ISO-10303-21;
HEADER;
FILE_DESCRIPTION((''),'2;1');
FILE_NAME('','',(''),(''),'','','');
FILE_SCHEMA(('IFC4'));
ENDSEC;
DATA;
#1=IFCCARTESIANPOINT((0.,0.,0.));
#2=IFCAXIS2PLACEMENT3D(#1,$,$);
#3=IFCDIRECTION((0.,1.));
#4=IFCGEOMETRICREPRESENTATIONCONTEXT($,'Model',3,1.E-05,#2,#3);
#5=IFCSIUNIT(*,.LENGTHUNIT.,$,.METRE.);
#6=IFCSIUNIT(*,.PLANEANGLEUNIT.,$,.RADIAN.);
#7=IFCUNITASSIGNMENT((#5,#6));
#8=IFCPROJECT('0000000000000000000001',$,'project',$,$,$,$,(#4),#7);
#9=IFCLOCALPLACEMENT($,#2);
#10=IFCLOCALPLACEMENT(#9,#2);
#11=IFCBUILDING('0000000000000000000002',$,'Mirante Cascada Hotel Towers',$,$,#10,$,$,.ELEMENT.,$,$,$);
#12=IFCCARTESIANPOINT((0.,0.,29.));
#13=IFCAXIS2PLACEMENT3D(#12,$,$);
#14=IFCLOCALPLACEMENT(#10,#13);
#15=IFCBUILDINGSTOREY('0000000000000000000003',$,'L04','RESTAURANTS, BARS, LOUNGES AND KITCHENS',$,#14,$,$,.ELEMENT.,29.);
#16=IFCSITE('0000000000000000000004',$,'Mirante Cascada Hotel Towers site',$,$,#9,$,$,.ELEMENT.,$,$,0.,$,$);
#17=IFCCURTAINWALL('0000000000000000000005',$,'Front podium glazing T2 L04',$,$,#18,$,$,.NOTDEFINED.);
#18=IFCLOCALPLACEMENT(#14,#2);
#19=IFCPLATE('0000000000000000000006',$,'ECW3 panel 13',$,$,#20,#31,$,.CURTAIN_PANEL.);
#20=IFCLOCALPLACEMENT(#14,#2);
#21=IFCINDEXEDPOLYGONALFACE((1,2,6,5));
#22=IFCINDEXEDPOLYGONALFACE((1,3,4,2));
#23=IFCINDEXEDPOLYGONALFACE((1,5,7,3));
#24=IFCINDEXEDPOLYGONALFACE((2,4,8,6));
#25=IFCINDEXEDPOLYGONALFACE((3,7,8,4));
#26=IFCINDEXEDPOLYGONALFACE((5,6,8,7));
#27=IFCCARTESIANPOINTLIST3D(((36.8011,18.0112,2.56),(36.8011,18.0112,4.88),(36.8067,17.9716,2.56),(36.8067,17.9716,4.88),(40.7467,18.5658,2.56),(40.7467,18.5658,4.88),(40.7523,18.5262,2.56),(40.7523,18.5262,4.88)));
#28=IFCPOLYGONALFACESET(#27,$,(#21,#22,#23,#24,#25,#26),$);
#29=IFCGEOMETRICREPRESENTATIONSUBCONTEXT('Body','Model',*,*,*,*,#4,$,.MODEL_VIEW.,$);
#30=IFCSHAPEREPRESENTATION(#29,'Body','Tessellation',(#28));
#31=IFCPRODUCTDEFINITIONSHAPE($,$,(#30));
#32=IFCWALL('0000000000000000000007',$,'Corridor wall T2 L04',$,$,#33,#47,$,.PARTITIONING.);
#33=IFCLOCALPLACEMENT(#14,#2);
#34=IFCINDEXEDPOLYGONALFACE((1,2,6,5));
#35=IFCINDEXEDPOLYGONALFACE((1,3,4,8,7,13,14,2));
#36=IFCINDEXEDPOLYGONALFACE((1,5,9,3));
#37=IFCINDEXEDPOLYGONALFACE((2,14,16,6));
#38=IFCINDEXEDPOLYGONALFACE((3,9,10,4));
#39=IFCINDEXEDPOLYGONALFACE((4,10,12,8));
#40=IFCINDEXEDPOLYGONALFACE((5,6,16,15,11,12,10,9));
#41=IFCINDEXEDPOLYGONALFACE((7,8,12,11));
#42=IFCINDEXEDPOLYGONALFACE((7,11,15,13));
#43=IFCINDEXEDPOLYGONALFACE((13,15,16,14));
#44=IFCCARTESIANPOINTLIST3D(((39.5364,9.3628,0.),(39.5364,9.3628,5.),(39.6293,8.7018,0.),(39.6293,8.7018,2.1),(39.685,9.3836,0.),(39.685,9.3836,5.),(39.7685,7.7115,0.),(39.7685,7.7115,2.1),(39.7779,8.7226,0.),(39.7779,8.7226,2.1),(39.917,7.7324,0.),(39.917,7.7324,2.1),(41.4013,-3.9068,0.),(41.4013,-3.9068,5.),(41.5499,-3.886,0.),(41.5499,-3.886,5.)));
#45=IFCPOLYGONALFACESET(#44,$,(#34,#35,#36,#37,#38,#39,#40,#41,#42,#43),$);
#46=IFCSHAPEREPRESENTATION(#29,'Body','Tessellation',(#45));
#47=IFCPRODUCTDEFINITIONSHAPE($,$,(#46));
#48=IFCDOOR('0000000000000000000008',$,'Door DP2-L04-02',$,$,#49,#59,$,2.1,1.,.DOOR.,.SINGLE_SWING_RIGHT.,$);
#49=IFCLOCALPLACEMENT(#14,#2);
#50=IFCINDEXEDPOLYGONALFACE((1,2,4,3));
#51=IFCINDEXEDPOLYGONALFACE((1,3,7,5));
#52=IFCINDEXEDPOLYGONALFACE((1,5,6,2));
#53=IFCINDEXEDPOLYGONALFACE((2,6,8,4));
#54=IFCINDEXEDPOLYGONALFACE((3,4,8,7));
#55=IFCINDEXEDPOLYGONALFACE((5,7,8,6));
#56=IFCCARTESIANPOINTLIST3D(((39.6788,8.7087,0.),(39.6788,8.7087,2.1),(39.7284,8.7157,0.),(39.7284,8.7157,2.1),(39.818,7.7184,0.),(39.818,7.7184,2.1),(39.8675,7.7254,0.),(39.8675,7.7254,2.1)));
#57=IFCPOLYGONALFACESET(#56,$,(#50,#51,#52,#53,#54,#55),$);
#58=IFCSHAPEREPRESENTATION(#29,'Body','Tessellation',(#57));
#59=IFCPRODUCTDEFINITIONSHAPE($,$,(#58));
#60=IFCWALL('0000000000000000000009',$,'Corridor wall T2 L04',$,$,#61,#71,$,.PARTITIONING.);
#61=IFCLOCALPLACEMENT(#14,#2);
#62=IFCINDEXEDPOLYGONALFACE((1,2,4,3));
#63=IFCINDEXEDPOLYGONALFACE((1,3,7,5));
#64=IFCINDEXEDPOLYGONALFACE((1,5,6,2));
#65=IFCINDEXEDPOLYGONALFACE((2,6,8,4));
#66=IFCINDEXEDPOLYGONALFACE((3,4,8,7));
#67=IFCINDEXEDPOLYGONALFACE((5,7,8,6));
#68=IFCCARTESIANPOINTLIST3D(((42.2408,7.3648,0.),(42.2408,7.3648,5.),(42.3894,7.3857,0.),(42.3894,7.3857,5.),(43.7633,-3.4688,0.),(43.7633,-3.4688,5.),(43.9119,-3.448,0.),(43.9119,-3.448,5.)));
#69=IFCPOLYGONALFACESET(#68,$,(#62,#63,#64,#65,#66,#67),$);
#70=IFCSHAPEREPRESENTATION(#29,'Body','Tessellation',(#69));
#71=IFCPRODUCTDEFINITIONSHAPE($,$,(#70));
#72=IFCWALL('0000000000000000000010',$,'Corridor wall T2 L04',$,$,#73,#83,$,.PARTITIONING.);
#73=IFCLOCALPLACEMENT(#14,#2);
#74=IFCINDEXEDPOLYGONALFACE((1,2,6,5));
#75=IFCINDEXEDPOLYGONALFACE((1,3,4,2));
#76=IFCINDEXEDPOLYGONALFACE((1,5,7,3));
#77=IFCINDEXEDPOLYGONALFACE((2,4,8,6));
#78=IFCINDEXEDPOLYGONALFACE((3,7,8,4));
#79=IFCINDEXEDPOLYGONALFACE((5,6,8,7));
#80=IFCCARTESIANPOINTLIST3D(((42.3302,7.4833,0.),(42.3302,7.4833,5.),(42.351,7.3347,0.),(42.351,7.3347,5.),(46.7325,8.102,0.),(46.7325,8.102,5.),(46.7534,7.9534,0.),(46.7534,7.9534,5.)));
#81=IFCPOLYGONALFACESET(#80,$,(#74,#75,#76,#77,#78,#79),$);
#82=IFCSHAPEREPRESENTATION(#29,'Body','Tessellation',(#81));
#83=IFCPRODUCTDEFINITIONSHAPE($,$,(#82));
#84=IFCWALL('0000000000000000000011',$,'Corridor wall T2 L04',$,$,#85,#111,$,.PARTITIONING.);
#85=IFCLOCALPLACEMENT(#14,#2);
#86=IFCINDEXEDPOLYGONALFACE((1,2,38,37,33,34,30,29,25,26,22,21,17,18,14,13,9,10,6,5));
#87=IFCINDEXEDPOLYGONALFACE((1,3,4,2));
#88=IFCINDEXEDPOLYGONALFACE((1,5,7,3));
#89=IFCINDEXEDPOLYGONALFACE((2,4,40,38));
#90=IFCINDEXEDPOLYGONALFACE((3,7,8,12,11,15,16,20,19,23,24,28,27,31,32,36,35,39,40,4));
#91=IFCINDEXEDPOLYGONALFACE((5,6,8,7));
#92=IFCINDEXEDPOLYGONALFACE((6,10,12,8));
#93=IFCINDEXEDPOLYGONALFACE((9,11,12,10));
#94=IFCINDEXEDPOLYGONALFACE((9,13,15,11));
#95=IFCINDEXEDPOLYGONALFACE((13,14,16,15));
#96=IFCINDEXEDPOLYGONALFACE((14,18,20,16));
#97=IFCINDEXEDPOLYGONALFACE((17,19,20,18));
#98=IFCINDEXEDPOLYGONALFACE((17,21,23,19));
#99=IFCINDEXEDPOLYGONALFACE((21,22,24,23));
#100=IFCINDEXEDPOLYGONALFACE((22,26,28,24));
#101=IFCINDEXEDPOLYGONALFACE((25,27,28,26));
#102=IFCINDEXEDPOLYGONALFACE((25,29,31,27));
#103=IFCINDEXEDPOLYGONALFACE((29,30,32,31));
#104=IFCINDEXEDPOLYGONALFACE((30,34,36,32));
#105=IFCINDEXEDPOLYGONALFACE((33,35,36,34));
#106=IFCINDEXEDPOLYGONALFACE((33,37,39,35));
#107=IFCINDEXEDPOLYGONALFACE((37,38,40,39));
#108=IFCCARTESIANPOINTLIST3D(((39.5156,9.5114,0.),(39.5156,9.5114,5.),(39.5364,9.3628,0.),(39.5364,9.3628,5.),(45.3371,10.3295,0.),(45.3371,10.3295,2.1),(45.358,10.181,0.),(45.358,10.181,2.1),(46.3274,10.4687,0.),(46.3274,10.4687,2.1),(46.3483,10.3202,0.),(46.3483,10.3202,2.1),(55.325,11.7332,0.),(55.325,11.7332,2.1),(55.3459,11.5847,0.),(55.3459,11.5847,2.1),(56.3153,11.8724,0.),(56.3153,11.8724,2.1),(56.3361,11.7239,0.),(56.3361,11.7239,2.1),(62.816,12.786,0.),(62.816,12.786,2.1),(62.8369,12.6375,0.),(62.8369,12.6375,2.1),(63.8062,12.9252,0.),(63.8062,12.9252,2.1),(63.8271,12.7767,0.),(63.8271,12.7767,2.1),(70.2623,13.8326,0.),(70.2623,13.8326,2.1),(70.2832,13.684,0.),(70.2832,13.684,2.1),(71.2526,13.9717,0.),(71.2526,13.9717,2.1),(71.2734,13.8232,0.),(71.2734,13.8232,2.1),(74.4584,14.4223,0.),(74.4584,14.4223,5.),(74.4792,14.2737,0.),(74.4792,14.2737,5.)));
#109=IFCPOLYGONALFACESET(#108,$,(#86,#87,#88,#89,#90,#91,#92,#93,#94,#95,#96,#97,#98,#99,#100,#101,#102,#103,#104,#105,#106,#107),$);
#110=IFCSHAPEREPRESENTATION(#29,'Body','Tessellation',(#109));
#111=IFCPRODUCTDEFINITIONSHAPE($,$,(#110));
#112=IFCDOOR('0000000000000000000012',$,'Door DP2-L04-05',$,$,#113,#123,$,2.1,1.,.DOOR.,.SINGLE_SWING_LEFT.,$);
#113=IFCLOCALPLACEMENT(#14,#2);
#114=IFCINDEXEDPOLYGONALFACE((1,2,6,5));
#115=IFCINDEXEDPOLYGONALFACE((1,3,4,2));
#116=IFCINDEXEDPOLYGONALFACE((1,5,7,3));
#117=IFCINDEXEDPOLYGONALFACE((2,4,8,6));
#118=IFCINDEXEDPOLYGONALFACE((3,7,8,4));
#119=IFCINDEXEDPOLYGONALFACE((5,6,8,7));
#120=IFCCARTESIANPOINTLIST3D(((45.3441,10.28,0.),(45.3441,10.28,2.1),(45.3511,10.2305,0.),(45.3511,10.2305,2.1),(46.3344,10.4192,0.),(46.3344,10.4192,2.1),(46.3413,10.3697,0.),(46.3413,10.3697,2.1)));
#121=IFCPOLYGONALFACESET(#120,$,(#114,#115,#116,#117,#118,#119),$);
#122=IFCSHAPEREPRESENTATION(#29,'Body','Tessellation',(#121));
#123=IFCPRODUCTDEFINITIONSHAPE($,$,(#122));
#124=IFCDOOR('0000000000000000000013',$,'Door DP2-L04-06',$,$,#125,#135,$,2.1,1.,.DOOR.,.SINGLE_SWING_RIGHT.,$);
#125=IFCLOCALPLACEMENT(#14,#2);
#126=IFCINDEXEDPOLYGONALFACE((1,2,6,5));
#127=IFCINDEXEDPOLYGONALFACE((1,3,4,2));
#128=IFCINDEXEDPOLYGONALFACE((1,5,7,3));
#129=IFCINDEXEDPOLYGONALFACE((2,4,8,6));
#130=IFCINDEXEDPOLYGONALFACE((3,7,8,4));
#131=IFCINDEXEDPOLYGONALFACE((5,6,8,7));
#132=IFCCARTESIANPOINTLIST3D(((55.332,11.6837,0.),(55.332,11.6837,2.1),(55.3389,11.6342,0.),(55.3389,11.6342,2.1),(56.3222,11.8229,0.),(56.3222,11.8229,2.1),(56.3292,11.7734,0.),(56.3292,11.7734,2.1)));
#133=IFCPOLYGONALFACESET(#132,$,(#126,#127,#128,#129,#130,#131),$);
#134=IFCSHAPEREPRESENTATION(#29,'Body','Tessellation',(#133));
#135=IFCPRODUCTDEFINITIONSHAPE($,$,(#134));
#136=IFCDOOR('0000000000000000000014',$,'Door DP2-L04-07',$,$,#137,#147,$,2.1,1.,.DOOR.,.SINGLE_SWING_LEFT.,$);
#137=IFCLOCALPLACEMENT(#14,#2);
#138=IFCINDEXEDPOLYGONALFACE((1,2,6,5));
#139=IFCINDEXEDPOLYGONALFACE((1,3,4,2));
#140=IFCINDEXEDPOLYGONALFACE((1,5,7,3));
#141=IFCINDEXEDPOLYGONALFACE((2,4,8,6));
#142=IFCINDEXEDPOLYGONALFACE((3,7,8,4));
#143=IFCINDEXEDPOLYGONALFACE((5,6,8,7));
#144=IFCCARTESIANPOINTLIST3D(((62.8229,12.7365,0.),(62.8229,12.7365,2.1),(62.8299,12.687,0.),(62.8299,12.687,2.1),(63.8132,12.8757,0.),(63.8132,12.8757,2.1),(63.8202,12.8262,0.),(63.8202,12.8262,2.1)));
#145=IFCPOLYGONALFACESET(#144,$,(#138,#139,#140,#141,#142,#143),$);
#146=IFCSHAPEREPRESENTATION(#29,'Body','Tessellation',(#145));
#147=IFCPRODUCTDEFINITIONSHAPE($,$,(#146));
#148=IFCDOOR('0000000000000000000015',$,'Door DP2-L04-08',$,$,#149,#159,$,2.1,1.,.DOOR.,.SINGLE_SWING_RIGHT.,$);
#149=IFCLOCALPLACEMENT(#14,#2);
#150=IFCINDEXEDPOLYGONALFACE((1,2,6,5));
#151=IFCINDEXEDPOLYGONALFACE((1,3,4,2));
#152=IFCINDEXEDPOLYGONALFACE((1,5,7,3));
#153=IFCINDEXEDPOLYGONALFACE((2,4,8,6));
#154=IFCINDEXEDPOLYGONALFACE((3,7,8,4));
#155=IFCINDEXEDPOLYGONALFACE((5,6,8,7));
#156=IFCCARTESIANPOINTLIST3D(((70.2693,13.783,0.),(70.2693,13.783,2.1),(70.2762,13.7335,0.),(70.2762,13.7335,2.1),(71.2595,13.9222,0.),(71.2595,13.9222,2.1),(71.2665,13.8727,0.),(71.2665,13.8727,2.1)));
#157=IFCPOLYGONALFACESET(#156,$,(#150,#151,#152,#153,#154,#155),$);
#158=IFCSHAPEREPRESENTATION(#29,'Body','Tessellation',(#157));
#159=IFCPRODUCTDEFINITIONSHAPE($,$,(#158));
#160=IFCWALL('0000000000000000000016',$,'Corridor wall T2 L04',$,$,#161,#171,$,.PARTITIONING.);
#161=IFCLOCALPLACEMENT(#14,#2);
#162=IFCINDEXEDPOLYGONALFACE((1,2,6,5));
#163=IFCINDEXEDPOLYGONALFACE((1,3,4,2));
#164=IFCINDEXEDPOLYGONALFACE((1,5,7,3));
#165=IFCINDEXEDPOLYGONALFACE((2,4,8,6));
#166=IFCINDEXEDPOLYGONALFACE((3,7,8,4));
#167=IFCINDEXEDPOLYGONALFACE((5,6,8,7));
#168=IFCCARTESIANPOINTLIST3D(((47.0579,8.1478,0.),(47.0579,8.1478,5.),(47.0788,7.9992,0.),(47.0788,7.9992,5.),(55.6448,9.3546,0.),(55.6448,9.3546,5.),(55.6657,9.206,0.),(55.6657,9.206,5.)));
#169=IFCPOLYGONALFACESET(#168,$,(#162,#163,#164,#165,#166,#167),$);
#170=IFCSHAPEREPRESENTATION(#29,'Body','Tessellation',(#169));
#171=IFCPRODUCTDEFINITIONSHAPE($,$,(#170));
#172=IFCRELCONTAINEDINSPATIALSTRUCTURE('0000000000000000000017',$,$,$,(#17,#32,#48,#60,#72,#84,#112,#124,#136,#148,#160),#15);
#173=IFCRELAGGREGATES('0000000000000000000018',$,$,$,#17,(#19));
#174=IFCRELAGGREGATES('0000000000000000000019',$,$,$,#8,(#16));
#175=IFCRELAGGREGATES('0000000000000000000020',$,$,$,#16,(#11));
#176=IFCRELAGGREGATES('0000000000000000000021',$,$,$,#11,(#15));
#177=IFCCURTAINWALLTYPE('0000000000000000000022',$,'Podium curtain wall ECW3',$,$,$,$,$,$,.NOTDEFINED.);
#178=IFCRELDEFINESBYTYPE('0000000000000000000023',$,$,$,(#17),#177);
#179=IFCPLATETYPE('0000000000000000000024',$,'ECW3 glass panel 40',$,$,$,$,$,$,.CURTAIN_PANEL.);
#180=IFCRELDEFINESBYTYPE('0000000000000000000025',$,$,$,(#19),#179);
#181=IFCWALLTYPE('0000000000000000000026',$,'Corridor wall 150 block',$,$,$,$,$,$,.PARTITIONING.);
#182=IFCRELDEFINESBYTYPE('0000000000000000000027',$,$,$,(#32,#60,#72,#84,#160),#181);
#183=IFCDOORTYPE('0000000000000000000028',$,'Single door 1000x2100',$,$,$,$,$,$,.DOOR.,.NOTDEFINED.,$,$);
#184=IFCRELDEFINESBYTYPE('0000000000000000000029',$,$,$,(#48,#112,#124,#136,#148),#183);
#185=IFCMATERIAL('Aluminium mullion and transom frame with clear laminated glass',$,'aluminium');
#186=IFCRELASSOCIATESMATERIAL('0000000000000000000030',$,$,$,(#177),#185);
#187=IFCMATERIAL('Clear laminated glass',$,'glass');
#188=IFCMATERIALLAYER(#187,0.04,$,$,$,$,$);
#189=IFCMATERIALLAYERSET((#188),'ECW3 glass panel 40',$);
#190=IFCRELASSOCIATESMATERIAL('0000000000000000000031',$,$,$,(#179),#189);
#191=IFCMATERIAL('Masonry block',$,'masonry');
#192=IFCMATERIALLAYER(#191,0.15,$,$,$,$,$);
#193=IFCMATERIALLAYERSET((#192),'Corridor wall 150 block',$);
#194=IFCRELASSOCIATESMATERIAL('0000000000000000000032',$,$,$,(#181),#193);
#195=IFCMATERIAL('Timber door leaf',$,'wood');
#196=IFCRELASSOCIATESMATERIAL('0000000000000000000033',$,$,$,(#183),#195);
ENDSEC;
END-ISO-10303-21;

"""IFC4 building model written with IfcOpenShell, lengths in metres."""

from ifc_helpers import new_model, si_unit, direction, frame, frame_2d, origin, origin_2d, place, context, subcontext, project, spatial, rectangle, extrude, material, layer, layer_set, type_object, element, fill, aggregate, save


model = new_model("IFC4")

# Units and contexts
model_context = context("Model", 3, precision=1e-05, world=origin(), true_north=direction((0.0, 1.0)))
body_context = subcontext(model_context, "Body", "Model", "MODEL_VIEW")
ifc_project = project(units=[si_unit("LENGTHUNIT", "METRE"), si_unit("PLANEANGLEUNIT", "RADIAN")], contexts=[model_context])

# Site, building, storey
site_placement = place(None, origin())
site = spatial("IfcSite", under=ifc_project, at=site_placement, Name="Mirante Cascada Hotel Towers site", CompositionType="ELEMENT", RefElevation=0.0)
building_placement = place(site_placement, origin())
building = spatial("IfcBuilding", under=site, at=building_placement, Name="Mirante Cascada Hotel Towers", CompositionType="ELEMENT")
storey_placement = place(building_placement, frame((0.0, 0.0, 29.0)))
storey = spatial("IfcBuildingStorey", under=building, at=storey_placement, Name="L04", Description="RESTAURANTS, BARS, LOUNGES AND KITCHENS", CompositionType="ELEMENT", Elevation=29.0)

# Curtain wall, plate
ifc_material_1 = material(Name="Aluminium mullion and transom frame with clear laminated glass", Category="aluminium")
curtain_wall_type = type_object("IfcCurtainWallType", Name="Podium curtain wall ECW3", PredefinedType="NOTDEFINED", material=ifc_material_1)
curtain_wall_placement = place(storey_placement, origin())
curtain_wall = element("IfcCurtainWall", 1, at=curtain_wall_placement, inside=storey, type_object=curtain_wall_type, Name="Front podium glazing T2 L04", PredefinedType="NOTDEFINED")
ifc_material_2 = material(Name="Clear laminated glass", Category="glass")
ifc_layer_1 = layer(ifc_material_2, 0.04)
ifc_layer_set_1 = layer_set([ifc_layer_1], Name="ECW3 glass panel 40")
plate_type = type_object("IfcPlateType", Name="ECW3 glass panel 40", PredefinedType="CURTAIN_PANEL", material=ifc_layer_set_1)
plate_1_placement = place(storey_placement, frame((38.7767, 18.2687, 2.56), z_axis=(0.0, 0.0, 1.0), x_axis=(-0.990268, -0.139173, 0.0)))
plate_1 = element("IfcPlate", 2, at=plate_1_placement, type_object=plate_type, Name="ECW3 panel 13", PredefinedType="CURTAIN_PANEL", context=body_context, shape_type="SweptSolid", body=[
    extrude(rectangle(XDim=3.9844, YDim=0.04, at=origin_2d()), origin(), (0.0, 0.0, 1.0), 2.32),
])
aggregate(curtain_wall, [plate_1])

# Wall, opening, door
ifc_material_3 = material(Name="Masonry block", Category="masonry")
ifc_layer_2 = layer(ifc_material_3, 0.15)
ifc_layer_set_2 = layer_set([ifc_layer_2], Name="Corridor wall 150 block")
wall_type_1 = type_object("IfcWallType", Name="Corridor wall 150 block", PredefinedType="PARTITIONING", material=ifc_layer_set_2)
wall_1_placement = place(storey_placement, frame((39.6107, 9.3732, 0.0), z_axis=(0.0, 0.0, 1.0), x_axis=(0.139172, -0.990268, 0.0)))
wall_1 = element("IfcWall", 3, at=wall_1_placement, inside=storey, type_object=wall_type_1, Name="Corridor wall T2 L04", PredefinedType="PARTITIONING", context=body_context, shape_type="SweptSolid", body=[
    extrude(rectangle(XDim=13.4, YDim=0.15, at=frame_2d((6.7, 0.0))), origin(), (0.0, 0.0, 1.0), 5.0),
])
opening_1_placement = place(wall_1_placement, frame((0.6675, 0.0, 0.0)))
opening_1 = element("IfcOpeningElement", 4, at=opening_1_placement, cuts=wall_1, PredefinedType="OPENING", context=body_context, shape_type="SweptSolid", body=[
    extrude(rectangle(XDim=1.0, YDim=2.1, at=frame_2d((0.5, 1.05))), frame((0.0, 0.075, 0.0), z_axis=(0.0, -1.0, 0.0), x_axis=(1.0, 0.0, 0.0)), (0.0, 0.0, 1.0), 0.15),
])
ifc_material_4 = material(Name="Timber door leaf", Category="wood")
door_type = type_object("IfcDoorType", Name="Single door 1000x2100", OperationType="NOTDEFINED", PredefinedType="DOOR", material=ifc_material_4)
door_1_placement = place(opening_1_placement, frame((1.0, 0.0, 0.0), z_axis=(0.0, 0.0, 1.0), x_axis=(-1.0, 0.0, 0.0)))
door_1 = element("IfcDoor", 5, at=door_1_placement, inside=storey, type_object=door_type, Name="Door DP2-L04-02", OperationType="SINGLE_SWING_RIGHT", OverallHeight=2.1, OverallWidth=1.0, PredefinedType="DOOR", context=body_context, shape_type="SweptSolid", body=[
    extrude(rectangle(XDim=1.0, YDim=2.1, at=frame_2d((0.5, 1.05))), frame((0.0, 0.025, 0.0), z_axis=(0.0, -1.0, 0.0), x_axis=(1.0, 0.0, 0.0)), (0.0, 0.0, 1.0), 0.05),
])
fill(opening_1, door_1)

# Walls
wall_2_placement = place(storey_placement, frame((42.3151, 7.3752, 0.0), z_axis=(0.0, 0.0, 1.0), x_axis=(0.139167, -0.990269, 0.0)))
element("IfcWall", 6, at=wall_2_placement, inside=storey, type_object=wall_type_1, Name="Corridor wall T2 L04", PredefinedType="PARTITIONING", context=body_context, shape_type="SweptSolid", body=[
    extrude(rectangle(XDim=10.9401, YDim=0.15, at=frame_2d((5.47, 0.0))), origin(), (0.0, 0.0, 1.0), 5.0),
])
wall_3_placement = place(storey_placement, frame((42.3406, 7.409, 0.0), z_axis=(0.0, 0.0, 1.0), x_axis=(0.990268, 0.139173, 0.0)))
element("IfcWall", 7, at=wall_3_placement, inside=storey, type_object=wall_type_1, Name="Corridor wall T2 L04", PredefinedType="PARTITIONING", context=body_context, shape_type="SweptSolid", body=[
    extrude(rectangle(XDim=4.4456, YDim=0.15, at=frame_2d((2.2228, 0.0))), origin(), (0.0, 0.0, 1.0), 5.0),
])

# Wall, openings, doors
wall_4_placement = place(storey_placement, frame((39.526, 9.4371, 0.0), z_axis=(0.0, 0.0, 1.0), x_axis=(0.990268, 0.139173, 0.0)))
wall_4 = element("IfcWall", 8, at=wall_4_placement, inside=storey, type_object=wall_type_1, Name="Corridor wall T2 L04", PredefinedType="PARTITIONING", context=body_context, shape_type="SweptSolid", body=[
    extrude(rectangle(XDim=35.2862, YDim=0.15, at=frame_2d((17.6431, 0.0))), origin(), (0.0, 0.0, 1.0), 5.0),
])
opening_2_placement = place(wall_4_placement, frame((5.8788, 0.0, 0.0)))
opening_2 = element("IfcOpeningElement", 9, at=opening_2_placement, cuts=wall_4, PredefinedType="OPENING", context=body_context, shape_type="SweptSolid", body=[
    extrude(rectangle(XDim=1.0, YDim=2.1, at=frame_2d((0.5, 1.05))), frame((0.0, 0.075, 0.0), z_axis=(0.0, -1.0, 0.0), x_axis=(1.0, 0.0, 0.0)), (0.0, 0.0, 1.0), 0.15),
])
opening_3_placement = place(wall_4_placement, frame((15.9648, 0.0, 0.0)))
opening_3 = element("IfcOpeningElement", 10, at=opening_3_placement, cuts=wall_4, PredefinedType="OPENING", context=body_context, shape_type="SweptSolid", body=[
    extrude(rectangle(XDim=1.0, YDim=2.1, at=frame_2d((0.5, 1.05))), frame((0.0, 0.075, 0.0), z_axis=(0.0, -1.0, 0.0), x_axis=(1.0, 0.0, 0.0)), (0.0, 0.0, 1.0), 0.15),
])
opening_4_placement = place(wall_4_placement, frame((23.5294, 0.0, 0.0)))
opening_4 = element("IfcOpeningElement", 11, at=opening_4_placement, cuts=wall_4, PredefinedType="OPENING", context=body_context, shape_type="SweptSolid", body=[
    extrude(rectangle(XDim=1.0, YDim=2.1, at=frame_2d((0.5, 1.05))), frame((0.0, 0.075, 0.0), z_axis=(0.0, -1.0, 0.0), x_axis=(1.0, 0.0, 0.0)), (0.0, 0.0, 1.0), 0.15),
])
opening_5_placement = place(wall_4_placement, frame((31.0489, 0.0, 0.0)))
opening_5 = element("IfcOpeningElement", 12, at=opening_5_placement, cuts=wall_4, PredefinedType="OPENING", context=body_context, shape_type="SweptSolid", body=[
    extrude(rectangle(XDim=1.0, YDim=2.1, at=frame_2d((0.5, 1.05))), frame((0.0, 0.075, 0.0), z_axis=(0.0, -1.0, 0.0), x_axis=(1.0, 0.0, 0.0)), (0.0, 0.0, 1.0), 0.15),
])
door_2_placement = place(opening_2_placement, frame((1.0, 0.0, 0.0), z_axis=(0.0, 0.0, 1.0), x_axis=(-1.0, 0.0, 0.0)))
door_2 = element("IfcDoor", 13, at=door_2_placement, inside=storey, type_object=door_type, Name="Door DP2-L04-05", OperationType="SINGLE_SWING_LEFT", OverallHeight=2.1, OverallWidth=1.0, PredefinedType="DOOR", context=body_context, shape_type="SweptSolid", body=[
    extrude(rectangle(XDim=1.0, YDim=2.1, at=frame_2d((0.5, 1.05))), frame((0.0, 0.025, 0.0), z_axis=(0.0, -1.0, 0.0), x_axis=(1.0, 0.0, 0.0)), (0.0, 0.0, 1.0), 0.05),
])
fill(opening_2, door_2)
door_3_placement = place(opening_3_placement, origin())
door_3 = element("IfcDoor", 14, at=door_3_placement, inside=storey, type_object=door_type, Name="Door DP2-L04-06", OperationType="SINGLE_SWING_RIGHT", OverallHeight=2.1, OverallWidth=1.0, PredefinedType="DOOR", context=body_context, shape_type="SweptSolid", body=[
    extrude(rectangle(XDim=1.0, YDim=2.1, at=frame_2d((0.5, 1.05))), frame((0.0, 0.025, 0.0), z_axis=(0.0, -1.0, 0.0), x_axis=(1.0, 0.0, 0.0)), (0.0, 0.0, 1.0), 0.05),
])
fill(opening_3, door_3)
door_4_placement = place(opening_4_placement, frame((1.0, 0.0, 0.0), z_axis=(0.0, 0.0, 1.0), x_axis=(-1.0, 0.0, 0.0)))
door_4 = element("IfcDoor", 15, at=door_4_placement, inside=storey, type_object=door_type, Name="Door DP2-L04-07", OperationType="SINGLE_SWING_LEFT", OverallHeight=2.1, OverallWidth=1.0, PredefinedType="DOOR", context=body_context, shape_type="SweptSolid", body=[
    extrude(rectangle(XDim=1.0, YDim=2.1, at=frame_2d((0.5, 1.05))), frame((0.0, 0.025, 0.0), z_axis=(0.0, -1.0, 0.0), x_axis=(1.0, 0.0, 0.0)), (0.0, 0.0, 1.0), 0.05),
])
fill(opening_4, door_4)
door_5_placement = place(opening_5_placement, frame((1.0, 0.0, 0.0), z_axis=(0.0, 0.0, 1.0), x_axis=(-1.0, 0.0, 0.0)))
door_5 = element("IfcDoor", 16, at=door_5_placement, inside=storey, type_object=door_type, Name="Door DP2-L04-08", OperationType="SINGLE_SWING_RIGHT", OverallHeight=2.1, OverallWidth=1.0, PredefinedType="DOOR", context=body_context, shape_type="SweptSolid", body=[
    extrude(rectangle(XDim=1.0, YDim=2.1, at=frame_2d((0.5, 1.05))), frame((0.0, 0.025, 0.0), z_axis=(0.0, -1.0, 0.0), x_axis=(1.0, 0.0, 0.0)), (0.0, 0.0, 1.0), 0.05),
])
fill(opening_5, door_5)

# Wall
wall_5_placement = place(storey_placement, frame((47.0684, 8.0735, 0.0), z_axis=(0.0, 0.0, 1.0), x_axis=(0.990268, 0.139172, 0.0)))
element("IfcWall", 17, at=wall_5_placement, inside=storey, type_object=wall_type_1, Name="Corridor wall T2 L04", PredefinedType="PARTITIONING", context=body_context, shape_type="SweptSolid", body=[
    extrude(rectangle(XDim=8.6713, YDim=0.15, at=frame_2d((4.3356, 0.0))), origin(), (0.0, 0.0, 1.0), 5.0),
])

save(model, "model.ifc")
